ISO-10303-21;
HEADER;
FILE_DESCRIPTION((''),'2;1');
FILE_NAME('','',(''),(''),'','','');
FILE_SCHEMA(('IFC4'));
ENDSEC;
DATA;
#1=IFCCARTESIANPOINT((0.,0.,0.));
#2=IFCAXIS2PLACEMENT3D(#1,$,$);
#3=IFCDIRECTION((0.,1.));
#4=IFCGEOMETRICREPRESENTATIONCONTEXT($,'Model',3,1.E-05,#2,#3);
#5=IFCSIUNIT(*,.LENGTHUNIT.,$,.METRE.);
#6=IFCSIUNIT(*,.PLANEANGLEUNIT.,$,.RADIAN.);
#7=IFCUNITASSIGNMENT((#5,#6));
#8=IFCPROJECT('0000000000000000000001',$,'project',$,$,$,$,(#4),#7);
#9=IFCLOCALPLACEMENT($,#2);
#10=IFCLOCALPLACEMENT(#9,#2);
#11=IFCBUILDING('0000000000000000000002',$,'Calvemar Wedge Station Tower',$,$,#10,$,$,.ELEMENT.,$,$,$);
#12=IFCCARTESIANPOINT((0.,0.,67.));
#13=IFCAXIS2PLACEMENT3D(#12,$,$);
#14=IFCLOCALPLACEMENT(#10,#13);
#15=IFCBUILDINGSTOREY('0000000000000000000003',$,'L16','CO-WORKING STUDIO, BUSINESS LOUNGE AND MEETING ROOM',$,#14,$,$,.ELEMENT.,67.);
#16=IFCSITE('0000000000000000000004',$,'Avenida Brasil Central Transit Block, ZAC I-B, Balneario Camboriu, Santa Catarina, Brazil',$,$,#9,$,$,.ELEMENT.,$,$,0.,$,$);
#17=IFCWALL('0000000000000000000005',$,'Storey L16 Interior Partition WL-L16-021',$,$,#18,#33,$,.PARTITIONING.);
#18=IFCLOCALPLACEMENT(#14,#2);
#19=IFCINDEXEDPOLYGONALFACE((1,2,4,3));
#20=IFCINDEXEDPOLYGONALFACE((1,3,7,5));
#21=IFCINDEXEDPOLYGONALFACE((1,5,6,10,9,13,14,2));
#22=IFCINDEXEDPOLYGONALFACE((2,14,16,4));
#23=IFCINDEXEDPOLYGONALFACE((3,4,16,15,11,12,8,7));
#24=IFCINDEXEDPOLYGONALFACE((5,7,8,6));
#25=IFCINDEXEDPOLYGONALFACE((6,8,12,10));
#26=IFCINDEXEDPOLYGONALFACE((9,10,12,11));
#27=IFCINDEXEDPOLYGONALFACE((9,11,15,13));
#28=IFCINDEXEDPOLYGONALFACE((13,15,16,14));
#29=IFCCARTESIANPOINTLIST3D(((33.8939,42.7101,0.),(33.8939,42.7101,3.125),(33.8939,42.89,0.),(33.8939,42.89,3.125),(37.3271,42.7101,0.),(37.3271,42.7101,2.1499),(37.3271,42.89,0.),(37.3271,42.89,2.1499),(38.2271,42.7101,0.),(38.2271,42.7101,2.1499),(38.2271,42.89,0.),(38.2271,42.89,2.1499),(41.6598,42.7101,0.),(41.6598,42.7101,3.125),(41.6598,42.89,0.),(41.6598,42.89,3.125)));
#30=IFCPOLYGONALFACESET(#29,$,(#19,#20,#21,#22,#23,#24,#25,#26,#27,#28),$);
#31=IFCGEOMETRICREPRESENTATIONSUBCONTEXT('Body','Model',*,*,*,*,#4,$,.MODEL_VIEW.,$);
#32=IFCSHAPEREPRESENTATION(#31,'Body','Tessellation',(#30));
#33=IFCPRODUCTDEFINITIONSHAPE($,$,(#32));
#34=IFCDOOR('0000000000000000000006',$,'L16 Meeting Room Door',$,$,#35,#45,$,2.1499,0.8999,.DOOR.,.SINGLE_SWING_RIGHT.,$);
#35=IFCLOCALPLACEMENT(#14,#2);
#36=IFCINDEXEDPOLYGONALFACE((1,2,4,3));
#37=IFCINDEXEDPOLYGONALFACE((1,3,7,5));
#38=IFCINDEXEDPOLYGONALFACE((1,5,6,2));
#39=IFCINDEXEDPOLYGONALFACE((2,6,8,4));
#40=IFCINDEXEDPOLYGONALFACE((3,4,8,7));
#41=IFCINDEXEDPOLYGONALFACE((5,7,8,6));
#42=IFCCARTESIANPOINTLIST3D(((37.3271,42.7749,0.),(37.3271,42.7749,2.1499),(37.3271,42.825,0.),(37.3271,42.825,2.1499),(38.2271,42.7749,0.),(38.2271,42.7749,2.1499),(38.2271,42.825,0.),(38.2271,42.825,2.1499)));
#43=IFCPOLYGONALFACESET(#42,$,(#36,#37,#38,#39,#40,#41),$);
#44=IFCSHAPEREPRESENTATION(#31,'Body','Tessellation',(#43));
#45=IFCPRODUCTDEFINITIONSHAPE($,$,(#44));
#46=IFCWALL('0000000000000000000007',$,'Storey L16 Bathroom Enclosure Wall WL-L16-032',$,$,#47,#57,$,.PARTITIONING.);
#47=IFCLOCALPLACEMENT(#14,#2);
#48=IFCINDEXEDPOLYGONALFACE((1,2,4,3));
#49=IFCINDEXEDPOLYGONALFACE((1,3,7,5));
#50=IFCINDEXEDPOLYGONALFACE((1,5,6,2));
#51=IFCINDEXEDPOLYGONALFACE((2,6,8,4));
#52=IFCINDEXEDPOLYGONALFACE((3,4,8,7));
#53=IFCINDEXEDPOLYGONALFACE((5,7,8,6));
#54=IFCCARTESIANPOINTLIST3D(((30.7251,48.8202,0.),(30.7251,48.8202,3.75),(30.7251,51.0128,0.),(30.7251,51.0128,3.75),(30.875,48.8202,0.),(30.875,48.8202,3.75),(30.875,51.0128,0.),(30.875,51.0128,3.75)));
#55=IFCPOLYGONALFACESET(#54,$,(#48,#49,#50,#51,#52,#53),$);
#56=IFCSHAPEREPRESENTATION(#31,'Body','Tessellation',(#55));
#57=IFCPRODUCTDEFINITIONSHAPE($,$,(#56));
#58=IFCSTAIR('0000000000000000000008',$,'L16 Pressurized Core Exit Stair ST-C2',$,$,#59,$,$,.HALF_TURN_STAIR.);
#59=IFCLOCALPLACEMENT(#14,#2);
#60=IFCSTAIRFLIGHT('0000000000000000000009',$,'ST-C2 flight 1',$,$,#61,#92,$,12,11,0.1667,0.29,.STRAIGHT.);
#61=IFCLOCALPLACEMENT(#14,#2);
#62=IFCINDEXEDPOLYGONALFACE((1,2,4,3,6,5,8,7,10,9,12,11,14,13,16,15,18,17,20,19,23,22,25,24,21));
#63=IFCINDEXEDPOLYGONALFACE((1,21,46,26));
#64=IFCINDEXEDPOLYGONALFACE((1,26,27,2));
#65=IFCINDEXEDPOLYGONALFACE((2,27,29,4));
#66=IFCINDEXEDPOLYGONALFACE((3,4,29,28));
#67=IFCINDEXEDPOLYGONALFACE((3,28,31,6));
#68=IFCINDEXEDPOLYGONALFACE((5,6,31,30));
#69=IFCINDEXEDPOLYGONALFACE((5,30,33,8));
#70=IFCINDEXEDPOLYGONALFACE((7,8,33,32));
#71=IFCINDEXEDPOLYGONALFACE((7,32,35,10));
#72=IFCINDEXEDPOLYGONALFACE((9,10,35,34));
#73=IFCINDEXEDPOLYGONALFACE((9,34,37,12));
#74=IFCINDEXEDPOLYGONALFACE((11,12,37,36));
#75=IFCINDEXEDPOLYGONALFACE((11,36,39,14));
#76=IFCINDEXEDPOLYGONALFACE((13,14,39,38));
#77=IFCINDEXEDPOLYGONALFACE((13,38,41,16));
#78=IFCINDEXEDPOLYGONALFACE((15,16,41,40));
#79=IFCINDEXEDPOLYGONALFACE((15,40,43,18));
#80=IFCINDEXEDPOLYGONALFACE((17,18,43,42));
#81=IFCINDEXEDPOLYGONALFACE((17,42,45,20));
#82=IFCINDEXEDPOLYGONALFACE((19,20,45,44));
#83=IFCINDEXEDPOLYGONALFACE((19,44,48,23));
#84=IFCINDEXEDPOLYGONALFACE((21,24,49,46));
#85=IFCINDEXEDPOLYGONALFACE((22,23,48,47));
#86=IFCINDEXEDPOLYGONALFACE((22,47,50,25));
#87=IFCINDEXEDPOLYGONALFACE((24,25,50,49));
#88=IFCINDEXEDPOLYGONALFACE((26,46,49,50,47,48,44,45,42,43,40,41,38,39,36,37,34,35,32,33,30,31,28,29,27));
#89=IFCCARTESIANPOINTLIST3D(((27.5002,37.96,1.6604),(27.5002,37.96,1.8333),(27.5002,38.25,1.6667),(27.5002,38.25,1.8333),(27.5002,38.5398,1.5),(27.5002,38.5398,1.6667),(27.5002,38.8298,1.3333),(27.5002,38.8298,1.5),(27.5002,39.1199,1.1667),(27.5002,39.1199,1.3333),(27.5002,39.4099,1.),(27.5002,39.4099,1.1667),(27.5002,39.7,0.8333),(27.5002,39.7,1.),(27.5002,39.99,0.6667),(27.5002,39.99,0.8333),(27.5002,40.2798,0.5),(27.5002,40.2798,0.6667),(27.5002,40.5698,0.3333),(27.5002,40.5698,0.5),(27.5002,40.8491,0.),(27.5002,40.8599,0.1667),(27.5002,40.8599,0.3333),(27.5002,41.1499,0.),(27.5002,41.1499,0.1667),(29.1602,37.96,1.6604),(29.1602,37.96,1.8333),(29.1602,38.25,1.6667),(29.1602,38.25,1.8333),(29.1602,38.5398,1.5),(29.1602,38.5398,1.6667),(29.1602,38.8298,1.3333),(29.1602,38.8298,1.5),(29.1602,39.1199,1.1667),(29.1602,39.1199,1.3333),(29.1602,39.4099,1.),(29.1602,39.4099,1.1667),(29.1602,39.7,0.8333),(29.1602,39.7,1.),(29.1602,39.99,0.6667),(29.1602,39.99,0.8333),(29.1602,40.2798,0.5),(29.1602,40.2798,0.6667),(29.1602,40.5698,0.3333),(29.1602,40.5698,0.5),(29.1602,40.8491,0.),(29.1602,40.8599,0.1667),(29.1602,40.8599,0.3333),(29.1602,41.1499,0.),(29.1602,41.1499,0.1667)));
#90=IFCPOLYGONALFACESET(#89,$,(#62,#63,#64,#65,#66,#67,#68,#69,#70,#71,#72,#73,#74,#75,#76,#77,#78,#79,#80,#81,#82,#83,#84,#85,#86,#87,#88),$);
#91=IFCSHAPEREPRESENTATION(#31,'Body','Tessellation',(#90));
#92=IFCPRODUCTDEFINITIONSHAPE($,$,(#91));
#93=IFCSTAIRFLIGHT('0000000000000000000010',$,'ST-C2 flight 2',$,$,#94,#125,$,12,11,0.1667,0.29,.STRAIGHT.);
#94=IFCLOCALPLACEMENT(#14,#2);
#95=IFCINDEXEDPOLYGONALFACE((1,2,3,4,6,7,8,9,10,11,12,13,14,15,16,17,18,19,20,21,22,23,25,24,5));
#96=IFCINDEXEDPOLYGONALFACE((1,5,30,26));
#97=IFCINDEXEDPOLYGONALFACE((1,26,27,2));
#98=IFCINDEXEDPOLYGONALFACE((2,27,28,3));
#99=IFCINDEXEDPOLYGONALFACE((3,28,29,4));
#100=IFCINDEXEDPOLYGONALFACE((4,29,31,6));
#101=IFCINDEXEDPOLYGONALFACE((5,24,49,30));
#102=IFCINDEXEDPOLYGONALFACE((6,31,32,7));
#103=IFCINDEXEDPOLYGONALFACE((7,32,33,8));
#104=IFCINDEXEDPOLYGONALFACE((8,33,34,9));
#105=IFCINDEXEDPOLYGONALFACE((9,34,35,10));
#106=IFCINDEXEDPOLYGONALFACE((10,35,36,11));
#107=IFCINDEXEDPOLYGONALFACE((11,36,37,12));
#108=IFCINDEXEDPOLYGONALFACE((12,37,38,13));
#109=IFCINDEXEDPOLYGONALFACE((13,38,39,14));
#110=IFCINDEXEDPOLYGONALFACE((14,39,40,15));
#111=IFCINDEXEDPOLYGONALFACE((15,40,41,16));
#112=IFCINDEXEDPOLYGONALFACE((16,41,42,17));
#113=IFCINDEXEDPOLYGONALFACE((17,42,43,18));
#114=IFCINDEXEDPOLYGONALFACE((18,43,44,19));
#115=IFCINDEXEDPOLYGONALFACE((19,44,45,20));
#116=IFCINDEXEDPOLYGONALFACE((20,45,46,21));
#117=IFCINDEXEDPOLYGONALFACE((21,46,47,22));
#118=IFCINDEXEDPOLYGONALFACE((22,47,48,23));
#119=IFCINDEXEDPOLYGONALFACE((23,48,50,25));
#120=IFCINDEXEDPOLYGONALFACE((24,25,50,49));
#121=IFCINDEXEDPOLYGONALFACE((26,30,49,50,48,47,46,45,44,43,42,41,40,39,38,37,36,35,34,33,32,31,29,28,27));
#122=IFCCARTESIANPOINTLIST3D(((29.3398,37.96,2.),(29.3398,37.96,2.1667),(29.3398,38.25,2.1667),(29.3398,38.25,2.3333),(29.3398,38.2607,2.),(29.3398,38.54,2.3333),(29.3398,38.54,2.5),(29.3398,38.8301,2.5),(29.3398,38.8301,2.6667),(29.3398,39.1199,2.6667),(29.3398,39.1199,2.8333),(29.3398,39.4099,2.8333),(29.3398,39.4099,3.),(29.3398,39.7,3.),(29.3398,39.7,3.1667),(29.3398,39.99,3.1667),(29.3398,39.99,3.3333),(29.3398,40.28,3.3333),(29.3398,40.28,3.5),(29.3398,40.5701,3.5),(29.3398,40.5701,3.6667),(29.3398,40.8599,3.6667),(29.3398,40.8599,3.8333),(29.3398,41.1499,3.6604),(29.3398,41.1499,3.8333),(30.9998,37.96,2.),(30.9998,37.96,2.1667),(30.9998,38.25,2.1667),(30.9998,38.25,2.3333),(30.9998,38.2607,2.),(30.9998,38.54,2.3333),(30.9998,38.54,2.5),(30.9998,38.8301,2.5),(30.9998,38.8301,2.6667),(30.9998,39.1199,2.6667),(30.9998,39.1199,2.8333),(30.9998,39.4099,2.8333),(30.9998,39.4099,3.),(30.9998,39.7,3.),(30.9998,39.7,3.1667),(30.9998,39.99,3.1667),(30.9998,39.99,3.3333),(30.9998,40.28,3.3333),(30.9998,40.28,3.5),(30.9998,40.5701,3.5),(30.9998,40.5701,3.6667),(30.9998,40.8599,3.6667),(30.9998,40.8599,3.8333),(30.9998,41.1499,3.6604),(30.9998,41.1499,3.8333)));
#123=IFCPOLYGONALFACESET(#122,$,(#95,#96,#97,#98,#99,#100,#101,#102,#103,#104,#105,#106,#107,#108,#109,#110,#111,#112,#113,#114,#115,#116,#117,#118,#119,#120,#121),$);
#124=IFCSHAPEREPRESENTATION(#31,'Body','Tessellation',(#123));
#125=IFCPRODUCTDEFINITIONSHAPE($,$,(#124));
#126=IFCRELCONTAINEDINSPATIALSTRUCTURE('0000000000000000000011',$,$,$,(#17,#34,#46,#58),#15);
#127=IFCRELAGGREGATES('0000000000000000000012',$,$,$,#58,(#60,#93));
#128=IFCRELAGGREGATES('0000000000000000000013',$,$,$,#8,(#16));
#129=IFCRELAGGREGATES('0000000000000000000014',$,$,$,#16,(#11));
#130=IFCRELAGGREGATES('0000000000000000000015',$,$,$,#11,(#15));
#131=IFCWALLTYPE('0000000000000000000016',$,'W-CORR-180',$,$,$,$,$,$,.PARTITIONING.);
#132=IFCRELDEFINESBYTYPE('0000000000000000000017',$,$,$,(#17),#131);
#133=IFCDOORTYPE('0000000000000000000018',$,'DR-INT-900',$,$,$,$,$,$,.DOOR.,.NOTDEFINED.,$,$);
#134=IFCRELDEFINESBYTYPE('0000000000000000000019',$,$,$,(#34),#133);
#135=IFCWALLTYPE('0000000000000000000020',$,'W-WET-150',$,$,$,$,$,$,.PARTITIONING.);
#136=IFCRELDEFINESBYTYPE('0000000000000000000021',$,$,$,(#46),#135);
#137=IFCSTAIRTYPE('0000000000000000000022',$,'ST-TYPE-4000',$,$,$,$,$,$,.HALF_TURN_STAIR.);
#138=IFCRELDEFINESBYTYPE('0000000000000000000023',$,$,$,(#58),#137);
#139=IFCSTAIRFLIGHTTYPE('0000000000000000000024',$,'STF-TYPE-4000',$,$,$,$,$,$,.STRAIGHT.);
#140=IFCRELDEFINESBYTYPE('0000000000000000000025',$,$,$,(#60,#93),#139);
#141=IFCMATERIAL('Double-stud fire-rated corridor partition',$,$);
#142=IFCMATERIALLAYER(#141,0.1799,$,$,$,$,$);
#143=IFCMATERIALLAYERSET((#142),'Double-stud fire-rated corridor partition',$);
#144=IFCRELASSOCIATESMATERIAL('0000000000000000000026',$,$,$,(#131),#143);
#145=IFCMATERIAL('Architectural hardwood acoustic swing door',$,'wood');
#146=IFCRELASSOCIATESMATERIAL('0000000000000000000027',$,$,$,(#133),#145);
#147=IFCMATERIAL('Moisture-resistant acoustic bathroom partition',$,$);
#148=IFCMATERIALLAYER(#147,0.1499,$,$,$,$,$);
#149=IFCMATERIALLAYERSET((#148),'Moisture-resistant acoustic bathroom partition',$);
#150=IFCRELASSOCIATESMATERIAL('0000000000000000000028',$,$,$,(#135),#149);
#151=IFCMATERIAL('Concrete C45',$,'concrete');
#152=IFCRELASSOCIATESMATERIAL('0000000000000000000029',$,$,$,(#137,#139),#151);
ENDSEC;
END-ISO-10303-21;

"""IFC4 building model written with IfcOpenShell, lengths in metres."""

from ifc_helpers import new_model, si_unit, direction, frame, frame_2d, origin, place, context, subcontext, project, spatial, polyline, rectangle, outline, extrude, source, transform, mapped, material, layer, layer_set, type_object, element, fill, aggregate, save


model = new_model("IFC4")

# Units and contexts
model_context = context("Model", 3, precision=1e-05, world=origin(), true_north=direction((0.0, 1.0)))
body_context = subcontext(model_context, "Body", "Model", "MODEL_VIEW")
ifc_project = project(units=[si_unit("LENGTHUNIT", "METRE"), si_unit("PLANEANGLEUNIT", "RADIAN")], contexts=[model_context])

# Site, building, storey
site_placement = place(None, origin())
site = spatial("IfcSite", under=ifc_project, at=site_placement, Name="Avenida Brasil Central Transit Block, ZAC I-B, Balneario Camboriu, Santa Catarina, Brazil", CompositionType="ELEMENT", RefElevation=0.0)
building_placement = place(site_placement, origin())
building = spatial("IfcBuilding", under=site, at=building_placement, Name="Calvemar Wedge Station Tower", CompositionType="ELEMENT")
storey_placement = place(building_placement, frame((0.0, 0.0, 67.0)))
storey = spatial("IfcBuildingStorey", under=building, at=storey_placement, Name="L16", Description="CO-WORKING STUDIO, BUSINESS LOUNGE AND MEETING ROOM", CompositionType="ELEMENT", Elevation=67.0)

# Shared definitions
ifc_material_1 = material(Name="Double-stud fire-rated corridor partition")
ifc_layer_1 = layer(ifc_material_1, 0.1799)
ifc_layer_set_1 = layer_set([ifc_layer_1], Name="Double-stud fire-rated corridor partition")
wall_type_1 = type_object("IfcWallType", Name="W-CORR-180", PredefinedType="PARTITIONING", material=ifc_layer_set_1)

# Wall, opening, door
wall_1_placement = place(storey_placement, frame((33.894, 42.8, 0.0), z_axis=(0.0, 0.0, 1.0), x_axis=(1.0, 0.0, 0.0)))
wall_1 = element("IfcWall", 1, at=wall_1_placement, inside=storey, type_object=wall_type_1, Name="Storey L16 Interior Partition WL-L16-021", PredefinedType="PARTITIONING", context=body_context, shape_type="SweptSolid", body=[
    extrude(rectangle(XDim=7.7659, YDim=0.1799, at=frame_2d((3.8828, 0.0))), origin(), (0.0, 0.0, 1.0), 3.125),
])
shared_shape_1 = source(origin(), body_context, "Body", "SweptSolid", [
    extrude(rectangle(XDim=0.8999, YDim=2.1499, at=frame_2d((0.45, 1.075))), frame((0.0, 0.1001, 0.0), z_axis=(0.0, -1.0, 0.0), x_axis=(1.0, 0.0, 0.0)), (0.0, 0.0, 1.0), 0.2),
])
opening_1_placement = place(wall_1_placement, frame((3.4331, 0.0, 0.0)))
opening_1 = element("IfcOpeningElement", 2, at=opening_1_placement, cuts=wall_1, PredefinedType="OPENING", context=body_context, shape_type="MappedRepresentation", body=[
    mapped(shared_shape_1, transform((0.0, 0.0, 0.0), scale=1.0)),
])
ifc_material_2 = material(Name="Architectural hardwood acoustic swing door", Category="wood")
door_type_1 = type_object("IfcDoorType", Name="DR-INT-900", OperationType="NOTDEFINED", PredefinedType="DOOR", material=ifc_material_2)
shared_shape_2 = source(origin(), body_context, "Body", "SweptSolid", [
    extrude(rectangle(XDim=0.8999, YDim=2.1499, at=frame_2d((0.45, 1.075))), frame((0.0, 0.0249, 0.0), z_axis=(0.0, -1.0, 0.0), x_axis=(1.0, 0.0, 0.0)), (0.0, 0.0, 1.0), 0.05),
])
door_1_placement = place(opening_1_placement, origin())
door_1 = element("IfcDoor", 3, at=door_1_placement, inside=storey, type_object=door_type_1, Name="L16 Meeting Room Door", OperationType="SINGLE_SWING_RIGHT", OverallHeight=2.1499, OverallWidth=0.8999, PredefinedType="DOOR", context=body_context, shape_type="MappedRepresentation", body=[
    mapped(shared_shape_2, transform((0.0, 0.0, 0.0), scale=1.0)),
])
fill(opening_1, door_1)

# Wall
ifc_material_3 = material(Name="Moisture-resistant acoustic bathroom partition")
ifc_layer_2 = layer(ifc_material_3, 0.1499)
ifc_layer_set_2 = layer_set([ifc_layer_2], Name="Moisture-resistant acoustic bathroom partition")
wall_type_2 = type_object("IfcWallType", Name="W-WET-150", PredefinedType="PARTITIONING", material=ifc_layer_set_2)
wall_2_placement = place(storey_placement, frame((30.8, 51.0127, 0.0), z_axis=(0.0, 0.0, 1.0), x_axis=(0.0, -1.0, 0.0)))
element("IfcWall", 4, at=wall_2_placement, inside=storey, type_object=wall_type_2, Name="Storey L16 Bathroom Enclosure Wall WL-L16-032", PredefinedType="PARTITIONING", context=body_context, shape_type="SweptSolid", body=[
    extrude(rectangle(XDim=2.1926, YDim=0.1499, at=frame_2d((1.0962, 0.0))), origin(), (0.0, 0.0, 1.0), 3.75),
])

# Stair, stair flights
ifc_material_4 = material(Name="Concrete C45", Category="concrete")
stair_type = type_object("IfcStairType", Name="ST-TYPE-4000", PredefinedType="HALF_TURN_STAIR", material=ifc_material_4)
stair_placement = place(storey_placement, origin())
stair = element("IfcStair", 5, at=stair_placement, inside=storey, type_object=stair_type, Name="L16 Pressurized Core Exit Stair ST-C2", PredefinedType="HALF_TURN_STAIR")
stair_flight_type = type_object("IfcStairFlightType", Name="STF-TYPE-4000", PredefinedType="STRAIGHT", material=ifc_material_4)
stair_flight_1_placement = place(storey_placement, frame((28.3301, 41.1499, 0.0), z_axis=(0.0, 0.0, 1.0), x_axis=(0.0, -1.0, 0.0)))
stair_flight_1 = element("IfcStairFlight", 6, at=stair_flight_1_placement, type_object=stair_flight_type, Name="ST-C2 flight 1", NumberOfRisers=12, NumberOfTreads=11, PredefinedType="STRAIGHT", RiserHeight=0.1667, TreadLength=0.29, context=body_context, shape_type="SweptSolid", body=[
    extrude(outline(polyline([(0.0, 0.0), (0.0, 0.1667), (0.29, 0.1667), (0.29, 0.3333), (0.5801, 0.3333), (0.5801, 0.5), (0.8701, 0.5), (0.8701, 0.6667), (1.1599, 0.6667), (1.1599, 0.8333), (1.45, 0.8333), (1.45, 1.0), (1.74, 1.0), (1.74, 1.1667), (2.03, 1.1667), (2.03, 1.3333), (2.3201, 1.3333), (2.3201, 1.5), (2.6101, 1.5), (2.6101, 1.6667), (2.8999, 1.6667), (2.8999, 1.8333), (3.1899, 1.8333), (3.1899, 2.0), (3.1899, 1.6604), (0.3008, 0.0), (0.0, 0.0)])), frame((0.0, 0.8301, 0.0), z_axis=(0.0, -1.0, 0.0), x_axis=(1.0, 0.0, 0.0)), (0.0, 0.0, 1.0), 1.6599),
])
stair_flight_2_placement = place(storey_placement, frame((30.1699, 37.96, 2.0), z_axis=(0.0, 0.0, 1.0), x_axis=(0.0, 1.0, 0.0)))
stair_flight_2 = element("IfcStairFlight", 7, at=stair_flight_2_placement, type_object=stair_flight_type, Name="ST-C2 flight 2", NumberOfRisers=12, NumberOfTreads=11, PredefinedType="STRAIGHT", RiserHeight=0.1667, TreadLength=0.29, context=body_context, shape_type="SweptSolid", body=[
    extrude(outline(polyline([(0.0, 0.0), (0.0, 0.1667), (0.29, 0.1667), (0.29, 0.3333), (0.5801, 0.3333), (0.5801, 0.5), (0.8701, 0.5), (0.8701, 0.6667), (1.1599, 0.6667), (1.1599, 0.8333), (1.45, 0.8333), (1.45, 1.0), (1.74, 1.0), (1.74, 1.1667), (2.03, 1.1667), (2.03, 1.3333), (2.3201, 1.3333), (2.3201, 1.5), (2.6101, 1.5), (2.6101, 1.6667), (2.8999, 1.6667), (2.8999, 1.8333), (3.1899, 1.8333), (3.1899, 2.0), (3.1899, 1.6604), (0.3008, 0.0), (0.0, 0.0)])), frame((0.0, 0.8301, 0.0), z_axis=(0.0, -1.0, 0.0), x_axis=(1.0, 0.0, 0.0)), (0.0, 0.0, 1.0), 1.6599),
])
aggregate(stair, [stair_flight_1, stair_flight_2])

save(model, "model.ifc")
